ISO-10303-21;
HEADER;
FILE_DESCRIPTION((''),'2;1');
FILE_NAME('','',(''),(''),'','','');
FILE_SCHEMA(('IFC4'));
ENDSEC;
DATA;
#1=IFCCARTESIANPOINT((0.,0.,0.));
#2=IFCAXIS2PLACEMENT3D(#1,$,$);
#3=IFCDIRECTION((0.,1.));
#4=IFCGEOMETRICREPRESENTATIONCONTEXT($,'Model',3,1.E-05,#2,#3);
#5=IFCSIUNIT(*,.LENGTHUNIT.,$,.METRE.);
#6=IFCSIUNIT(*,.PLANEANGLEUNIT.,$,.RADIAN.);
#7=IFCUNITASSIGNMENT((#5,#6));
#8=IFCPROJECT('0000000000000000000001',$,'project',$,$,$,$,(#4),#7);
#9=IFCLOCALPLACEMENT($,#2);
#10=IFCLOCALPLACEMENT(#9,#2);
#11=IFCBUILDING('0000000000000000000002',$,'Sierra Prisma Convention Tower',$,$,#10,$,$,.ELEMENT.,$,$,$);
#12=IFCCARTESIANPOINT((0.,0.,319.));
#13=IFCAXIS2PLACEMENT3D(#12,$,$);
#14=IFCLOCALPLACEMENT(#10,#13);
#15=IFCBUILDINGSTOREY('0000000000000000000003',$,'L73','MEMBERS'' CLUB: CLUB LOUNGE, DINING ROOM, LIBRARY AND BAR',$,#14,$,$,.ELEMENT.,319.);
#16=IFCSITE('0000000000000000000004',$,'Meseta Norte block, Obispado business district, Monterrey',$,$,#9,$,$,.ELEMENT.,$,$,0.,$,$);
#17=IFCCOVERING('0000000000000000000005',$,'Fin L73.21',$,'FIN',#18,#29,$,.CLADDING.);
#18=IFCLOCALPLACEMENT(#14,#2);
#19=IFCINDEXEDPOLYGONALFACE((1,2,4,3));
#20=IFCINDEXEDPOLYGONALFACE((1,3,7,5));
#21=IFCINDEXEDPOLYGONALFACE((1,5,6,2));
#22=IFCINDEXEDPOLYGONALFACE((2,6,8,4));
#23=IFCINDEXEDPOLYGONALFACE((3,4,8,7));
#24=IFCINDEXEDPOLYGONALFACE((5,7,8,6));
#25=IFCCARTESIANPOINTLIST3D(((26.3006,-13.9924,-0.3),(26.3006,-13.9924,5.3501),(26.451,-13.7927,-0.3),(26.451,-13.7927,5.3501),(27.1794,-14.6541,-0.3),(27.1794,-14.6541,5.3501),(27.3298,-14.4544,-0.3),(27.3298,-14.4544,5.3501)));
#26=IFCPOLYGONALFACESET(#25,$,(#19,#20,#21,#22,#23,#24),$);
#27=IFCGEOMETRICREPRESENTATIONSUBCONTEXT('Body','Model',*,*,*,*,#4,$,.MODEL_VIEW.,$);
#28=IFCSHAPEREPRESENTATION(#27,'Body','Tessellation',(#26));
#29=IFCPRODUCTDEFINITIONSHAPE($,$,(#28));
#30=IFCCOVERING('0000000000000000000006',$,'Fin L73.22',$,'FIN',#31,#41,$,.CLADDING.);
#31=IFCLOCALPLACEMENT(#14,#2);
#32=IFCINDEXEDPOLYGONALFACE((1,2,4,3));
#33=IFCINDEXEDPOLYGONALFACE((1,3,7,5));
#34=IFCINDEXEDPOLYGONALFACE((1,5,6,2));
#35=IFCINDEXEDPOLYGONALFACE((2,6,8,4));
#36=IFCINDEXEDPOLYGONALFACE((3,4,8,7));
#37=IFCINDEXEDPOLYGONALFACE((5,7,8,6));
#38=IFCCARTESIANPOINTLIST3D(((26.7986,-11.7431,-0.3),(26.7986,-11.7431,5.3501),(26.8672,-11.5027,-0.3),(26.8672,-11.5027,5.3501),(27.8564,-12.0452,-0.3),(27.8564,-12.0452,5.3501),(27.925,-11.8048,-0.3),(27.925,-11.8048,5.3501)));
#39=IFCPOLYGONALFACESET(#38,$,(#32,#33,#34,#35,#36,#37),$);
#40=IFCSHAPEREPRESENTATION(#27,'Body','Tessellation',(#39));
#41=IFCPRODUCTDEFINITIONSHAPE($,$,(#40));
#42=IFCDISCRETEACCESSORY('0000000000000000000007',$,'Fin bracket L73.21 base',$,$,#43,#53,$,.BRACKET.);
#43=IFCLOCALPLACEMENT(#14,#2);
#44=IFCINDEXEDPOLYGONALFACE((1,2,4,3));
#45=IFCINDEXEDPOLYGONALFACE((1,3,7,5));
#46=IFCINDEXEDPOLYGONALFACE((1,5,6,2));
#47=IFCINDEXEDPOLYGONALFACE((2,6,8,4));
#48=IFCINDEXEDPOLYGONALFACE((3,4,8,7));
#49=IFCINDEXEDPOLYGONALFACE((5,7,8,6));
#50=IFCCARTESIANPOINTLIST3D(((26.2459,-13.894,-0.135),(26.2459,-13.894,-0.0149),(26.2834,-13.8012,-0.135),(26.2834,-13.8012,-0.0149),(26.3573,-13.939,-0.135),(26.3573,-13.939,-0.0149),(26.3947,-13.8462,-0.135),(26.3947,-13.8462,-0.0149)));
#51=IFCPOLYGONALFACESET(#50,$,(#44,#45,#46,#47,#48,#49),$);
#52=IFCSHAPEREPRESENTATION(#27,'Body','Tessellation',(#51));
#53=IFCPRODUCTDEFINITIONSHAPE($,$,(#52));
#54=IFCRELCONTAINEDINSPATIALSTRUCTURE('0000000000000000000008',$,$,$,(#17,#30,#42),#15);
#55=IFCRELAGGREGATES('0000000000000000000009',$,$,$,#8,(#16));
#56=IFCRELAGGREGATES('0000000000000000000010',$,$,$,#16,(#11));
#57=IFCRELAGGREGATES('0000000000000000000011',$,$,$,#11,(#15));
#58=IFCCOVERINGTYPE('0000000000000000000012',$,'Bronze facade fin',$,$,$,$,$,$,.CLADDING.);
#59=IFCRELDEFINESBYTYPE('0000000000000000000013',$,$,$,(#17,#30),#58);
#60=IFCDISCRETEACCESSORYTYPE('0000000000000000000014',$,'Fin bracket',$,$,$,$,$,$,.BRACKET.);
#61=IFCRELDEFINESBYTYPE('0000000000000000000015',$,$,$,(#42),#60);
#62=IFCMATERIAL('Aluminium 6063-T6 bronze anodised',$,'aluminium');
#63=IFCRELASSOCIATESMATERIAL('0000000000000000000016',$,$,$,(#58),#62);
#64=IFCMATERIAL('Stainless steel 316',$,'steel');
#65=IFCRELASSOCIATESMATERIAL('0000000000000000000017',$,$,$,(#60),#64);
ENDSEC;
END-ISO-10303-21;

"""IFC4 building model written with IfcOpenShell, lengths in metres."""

from ifc_helpers import new_model, si_unit, direction, frame, origin, origin_2d, place, context, subcontext, project, spatial, rectangle, extrude, material, material_profile, profile_set, type_object, element, save


model = new_model("IFC4")

# Units and contexts
model_context = context("Model", 3, precision=1e-05, world=origin(), true_north=direction((0.0, 1.0)))
body_context = subcontext(model_context, "Body", "Model", "MODEL_VIEW")
ifc_project = project(units=[si_unit("LENGTHUNIT", "METRE"), si_unit("PLANEANGLEUNIT", "RADIAN")], contexts=[model_context])

# Site, building, storey
site_placement = place(None, origin())
site = spatial("IfcSite", under=ifc_project, at=site_placement, Name="Meseta Norte block, Obispado business district, Monterrey", CompositionType="ELEMENT", RefElevation=0.0)
building_placement = place(site_placement, origin())
building = spatial("IfcBuilding", under=site, at=building_placement, Name="Sierra Prisma Convention Tower", CompositionType="ELEMENT")
storey_placement = place(building_placement, frame((0.0, 0.0, 319.0)))
storey = spatial("IfcBuildingStorey", under=building, at=storey_placement, Name="L73", Description="MEMBERS' CLUB: CLUB LOUNGE, DINING ROOM, LIBRARY AND BAR", CompositionType="ELEMENT", Elevation=319.0)

# Coverings
ifc_material_1 = material(Name="Aluminium 6063-T6 bronze anodised", Category="aluminium")
ifc_material_profile_1 = material_profile(ifc_material_1, rectangle(XDim=1.1001, YDim=0.25, at=origin_2d()), Name="ALU FIN 1100x250")
ifc_profile_set_1 = profile_set([ifc_material_profile_1], Name="Aluminium 6063-T6 bronze anodised")
covering_type = type_object("IfcCoveringType", Name="Bronze facade fin", PredefinedType="CLADDING", material=ifc_profile_set_1)
for number, where, z_axis, x_axis, name in (
    (1, (26.8152, -14.2234, -0.3), (0.0, 0.0, 1.0), (0.798846, -0.601536, 0.0), "Fin L73.21"),
    (2, (27.3618, -11.7739, -0.3), (0.0, 0.0, 1.0), (0.96155, -0.274631, 0.0), "Fin L73.22"),
):
    element("IfcCovering", number, at=place(storey_placement, frame(where, z_axis=z_axis, x_axis=x_axis)), inside=storey, type_object=covering_type, Name=name, ObjectType="FIN", PredefinedType="CLADDING", context=body_context, shape_type="SweptSolid", body=[
        extrude(rectangle(XDim=1.1001, YDim=0.25, at=origin_2d()), origin(), (0.0, 0.0, 1.0), 5.6501),
    ])

# Discrete accessory
ifc_material_2 = material(Name="Stainless steel 316", Category="steel")
discrete_accessory_type = type_object("IfcDiscreteAccessoryType", Name="Fin bracket", PredefinedType="BRACKET", material=ifc_material_2)
discrete_accessory_placement = place(storey_placement, frame((26.3203, -13.8701, -0.135), z_axis=(0.0, 0.0, 1.0), x_axis=(0.927315, -0.374283, 0.0)))
element("IfcDiscreteAccessory", 3, at=discrete_accessory_placement, inside=storey, type_object=discrete_accessory_type, Name="Fin bracket L73.21 base", PredefinedType="BRACKET", context=body_context, shape_type="SweptSolid", body=[
    extrude(rectangle(XDim=0.1201, YDim=0.1001, at=origin_2d()), origin(), (0.0, 0.0, 1.0), 0.1201),
])

save(model, "model.ifc")
